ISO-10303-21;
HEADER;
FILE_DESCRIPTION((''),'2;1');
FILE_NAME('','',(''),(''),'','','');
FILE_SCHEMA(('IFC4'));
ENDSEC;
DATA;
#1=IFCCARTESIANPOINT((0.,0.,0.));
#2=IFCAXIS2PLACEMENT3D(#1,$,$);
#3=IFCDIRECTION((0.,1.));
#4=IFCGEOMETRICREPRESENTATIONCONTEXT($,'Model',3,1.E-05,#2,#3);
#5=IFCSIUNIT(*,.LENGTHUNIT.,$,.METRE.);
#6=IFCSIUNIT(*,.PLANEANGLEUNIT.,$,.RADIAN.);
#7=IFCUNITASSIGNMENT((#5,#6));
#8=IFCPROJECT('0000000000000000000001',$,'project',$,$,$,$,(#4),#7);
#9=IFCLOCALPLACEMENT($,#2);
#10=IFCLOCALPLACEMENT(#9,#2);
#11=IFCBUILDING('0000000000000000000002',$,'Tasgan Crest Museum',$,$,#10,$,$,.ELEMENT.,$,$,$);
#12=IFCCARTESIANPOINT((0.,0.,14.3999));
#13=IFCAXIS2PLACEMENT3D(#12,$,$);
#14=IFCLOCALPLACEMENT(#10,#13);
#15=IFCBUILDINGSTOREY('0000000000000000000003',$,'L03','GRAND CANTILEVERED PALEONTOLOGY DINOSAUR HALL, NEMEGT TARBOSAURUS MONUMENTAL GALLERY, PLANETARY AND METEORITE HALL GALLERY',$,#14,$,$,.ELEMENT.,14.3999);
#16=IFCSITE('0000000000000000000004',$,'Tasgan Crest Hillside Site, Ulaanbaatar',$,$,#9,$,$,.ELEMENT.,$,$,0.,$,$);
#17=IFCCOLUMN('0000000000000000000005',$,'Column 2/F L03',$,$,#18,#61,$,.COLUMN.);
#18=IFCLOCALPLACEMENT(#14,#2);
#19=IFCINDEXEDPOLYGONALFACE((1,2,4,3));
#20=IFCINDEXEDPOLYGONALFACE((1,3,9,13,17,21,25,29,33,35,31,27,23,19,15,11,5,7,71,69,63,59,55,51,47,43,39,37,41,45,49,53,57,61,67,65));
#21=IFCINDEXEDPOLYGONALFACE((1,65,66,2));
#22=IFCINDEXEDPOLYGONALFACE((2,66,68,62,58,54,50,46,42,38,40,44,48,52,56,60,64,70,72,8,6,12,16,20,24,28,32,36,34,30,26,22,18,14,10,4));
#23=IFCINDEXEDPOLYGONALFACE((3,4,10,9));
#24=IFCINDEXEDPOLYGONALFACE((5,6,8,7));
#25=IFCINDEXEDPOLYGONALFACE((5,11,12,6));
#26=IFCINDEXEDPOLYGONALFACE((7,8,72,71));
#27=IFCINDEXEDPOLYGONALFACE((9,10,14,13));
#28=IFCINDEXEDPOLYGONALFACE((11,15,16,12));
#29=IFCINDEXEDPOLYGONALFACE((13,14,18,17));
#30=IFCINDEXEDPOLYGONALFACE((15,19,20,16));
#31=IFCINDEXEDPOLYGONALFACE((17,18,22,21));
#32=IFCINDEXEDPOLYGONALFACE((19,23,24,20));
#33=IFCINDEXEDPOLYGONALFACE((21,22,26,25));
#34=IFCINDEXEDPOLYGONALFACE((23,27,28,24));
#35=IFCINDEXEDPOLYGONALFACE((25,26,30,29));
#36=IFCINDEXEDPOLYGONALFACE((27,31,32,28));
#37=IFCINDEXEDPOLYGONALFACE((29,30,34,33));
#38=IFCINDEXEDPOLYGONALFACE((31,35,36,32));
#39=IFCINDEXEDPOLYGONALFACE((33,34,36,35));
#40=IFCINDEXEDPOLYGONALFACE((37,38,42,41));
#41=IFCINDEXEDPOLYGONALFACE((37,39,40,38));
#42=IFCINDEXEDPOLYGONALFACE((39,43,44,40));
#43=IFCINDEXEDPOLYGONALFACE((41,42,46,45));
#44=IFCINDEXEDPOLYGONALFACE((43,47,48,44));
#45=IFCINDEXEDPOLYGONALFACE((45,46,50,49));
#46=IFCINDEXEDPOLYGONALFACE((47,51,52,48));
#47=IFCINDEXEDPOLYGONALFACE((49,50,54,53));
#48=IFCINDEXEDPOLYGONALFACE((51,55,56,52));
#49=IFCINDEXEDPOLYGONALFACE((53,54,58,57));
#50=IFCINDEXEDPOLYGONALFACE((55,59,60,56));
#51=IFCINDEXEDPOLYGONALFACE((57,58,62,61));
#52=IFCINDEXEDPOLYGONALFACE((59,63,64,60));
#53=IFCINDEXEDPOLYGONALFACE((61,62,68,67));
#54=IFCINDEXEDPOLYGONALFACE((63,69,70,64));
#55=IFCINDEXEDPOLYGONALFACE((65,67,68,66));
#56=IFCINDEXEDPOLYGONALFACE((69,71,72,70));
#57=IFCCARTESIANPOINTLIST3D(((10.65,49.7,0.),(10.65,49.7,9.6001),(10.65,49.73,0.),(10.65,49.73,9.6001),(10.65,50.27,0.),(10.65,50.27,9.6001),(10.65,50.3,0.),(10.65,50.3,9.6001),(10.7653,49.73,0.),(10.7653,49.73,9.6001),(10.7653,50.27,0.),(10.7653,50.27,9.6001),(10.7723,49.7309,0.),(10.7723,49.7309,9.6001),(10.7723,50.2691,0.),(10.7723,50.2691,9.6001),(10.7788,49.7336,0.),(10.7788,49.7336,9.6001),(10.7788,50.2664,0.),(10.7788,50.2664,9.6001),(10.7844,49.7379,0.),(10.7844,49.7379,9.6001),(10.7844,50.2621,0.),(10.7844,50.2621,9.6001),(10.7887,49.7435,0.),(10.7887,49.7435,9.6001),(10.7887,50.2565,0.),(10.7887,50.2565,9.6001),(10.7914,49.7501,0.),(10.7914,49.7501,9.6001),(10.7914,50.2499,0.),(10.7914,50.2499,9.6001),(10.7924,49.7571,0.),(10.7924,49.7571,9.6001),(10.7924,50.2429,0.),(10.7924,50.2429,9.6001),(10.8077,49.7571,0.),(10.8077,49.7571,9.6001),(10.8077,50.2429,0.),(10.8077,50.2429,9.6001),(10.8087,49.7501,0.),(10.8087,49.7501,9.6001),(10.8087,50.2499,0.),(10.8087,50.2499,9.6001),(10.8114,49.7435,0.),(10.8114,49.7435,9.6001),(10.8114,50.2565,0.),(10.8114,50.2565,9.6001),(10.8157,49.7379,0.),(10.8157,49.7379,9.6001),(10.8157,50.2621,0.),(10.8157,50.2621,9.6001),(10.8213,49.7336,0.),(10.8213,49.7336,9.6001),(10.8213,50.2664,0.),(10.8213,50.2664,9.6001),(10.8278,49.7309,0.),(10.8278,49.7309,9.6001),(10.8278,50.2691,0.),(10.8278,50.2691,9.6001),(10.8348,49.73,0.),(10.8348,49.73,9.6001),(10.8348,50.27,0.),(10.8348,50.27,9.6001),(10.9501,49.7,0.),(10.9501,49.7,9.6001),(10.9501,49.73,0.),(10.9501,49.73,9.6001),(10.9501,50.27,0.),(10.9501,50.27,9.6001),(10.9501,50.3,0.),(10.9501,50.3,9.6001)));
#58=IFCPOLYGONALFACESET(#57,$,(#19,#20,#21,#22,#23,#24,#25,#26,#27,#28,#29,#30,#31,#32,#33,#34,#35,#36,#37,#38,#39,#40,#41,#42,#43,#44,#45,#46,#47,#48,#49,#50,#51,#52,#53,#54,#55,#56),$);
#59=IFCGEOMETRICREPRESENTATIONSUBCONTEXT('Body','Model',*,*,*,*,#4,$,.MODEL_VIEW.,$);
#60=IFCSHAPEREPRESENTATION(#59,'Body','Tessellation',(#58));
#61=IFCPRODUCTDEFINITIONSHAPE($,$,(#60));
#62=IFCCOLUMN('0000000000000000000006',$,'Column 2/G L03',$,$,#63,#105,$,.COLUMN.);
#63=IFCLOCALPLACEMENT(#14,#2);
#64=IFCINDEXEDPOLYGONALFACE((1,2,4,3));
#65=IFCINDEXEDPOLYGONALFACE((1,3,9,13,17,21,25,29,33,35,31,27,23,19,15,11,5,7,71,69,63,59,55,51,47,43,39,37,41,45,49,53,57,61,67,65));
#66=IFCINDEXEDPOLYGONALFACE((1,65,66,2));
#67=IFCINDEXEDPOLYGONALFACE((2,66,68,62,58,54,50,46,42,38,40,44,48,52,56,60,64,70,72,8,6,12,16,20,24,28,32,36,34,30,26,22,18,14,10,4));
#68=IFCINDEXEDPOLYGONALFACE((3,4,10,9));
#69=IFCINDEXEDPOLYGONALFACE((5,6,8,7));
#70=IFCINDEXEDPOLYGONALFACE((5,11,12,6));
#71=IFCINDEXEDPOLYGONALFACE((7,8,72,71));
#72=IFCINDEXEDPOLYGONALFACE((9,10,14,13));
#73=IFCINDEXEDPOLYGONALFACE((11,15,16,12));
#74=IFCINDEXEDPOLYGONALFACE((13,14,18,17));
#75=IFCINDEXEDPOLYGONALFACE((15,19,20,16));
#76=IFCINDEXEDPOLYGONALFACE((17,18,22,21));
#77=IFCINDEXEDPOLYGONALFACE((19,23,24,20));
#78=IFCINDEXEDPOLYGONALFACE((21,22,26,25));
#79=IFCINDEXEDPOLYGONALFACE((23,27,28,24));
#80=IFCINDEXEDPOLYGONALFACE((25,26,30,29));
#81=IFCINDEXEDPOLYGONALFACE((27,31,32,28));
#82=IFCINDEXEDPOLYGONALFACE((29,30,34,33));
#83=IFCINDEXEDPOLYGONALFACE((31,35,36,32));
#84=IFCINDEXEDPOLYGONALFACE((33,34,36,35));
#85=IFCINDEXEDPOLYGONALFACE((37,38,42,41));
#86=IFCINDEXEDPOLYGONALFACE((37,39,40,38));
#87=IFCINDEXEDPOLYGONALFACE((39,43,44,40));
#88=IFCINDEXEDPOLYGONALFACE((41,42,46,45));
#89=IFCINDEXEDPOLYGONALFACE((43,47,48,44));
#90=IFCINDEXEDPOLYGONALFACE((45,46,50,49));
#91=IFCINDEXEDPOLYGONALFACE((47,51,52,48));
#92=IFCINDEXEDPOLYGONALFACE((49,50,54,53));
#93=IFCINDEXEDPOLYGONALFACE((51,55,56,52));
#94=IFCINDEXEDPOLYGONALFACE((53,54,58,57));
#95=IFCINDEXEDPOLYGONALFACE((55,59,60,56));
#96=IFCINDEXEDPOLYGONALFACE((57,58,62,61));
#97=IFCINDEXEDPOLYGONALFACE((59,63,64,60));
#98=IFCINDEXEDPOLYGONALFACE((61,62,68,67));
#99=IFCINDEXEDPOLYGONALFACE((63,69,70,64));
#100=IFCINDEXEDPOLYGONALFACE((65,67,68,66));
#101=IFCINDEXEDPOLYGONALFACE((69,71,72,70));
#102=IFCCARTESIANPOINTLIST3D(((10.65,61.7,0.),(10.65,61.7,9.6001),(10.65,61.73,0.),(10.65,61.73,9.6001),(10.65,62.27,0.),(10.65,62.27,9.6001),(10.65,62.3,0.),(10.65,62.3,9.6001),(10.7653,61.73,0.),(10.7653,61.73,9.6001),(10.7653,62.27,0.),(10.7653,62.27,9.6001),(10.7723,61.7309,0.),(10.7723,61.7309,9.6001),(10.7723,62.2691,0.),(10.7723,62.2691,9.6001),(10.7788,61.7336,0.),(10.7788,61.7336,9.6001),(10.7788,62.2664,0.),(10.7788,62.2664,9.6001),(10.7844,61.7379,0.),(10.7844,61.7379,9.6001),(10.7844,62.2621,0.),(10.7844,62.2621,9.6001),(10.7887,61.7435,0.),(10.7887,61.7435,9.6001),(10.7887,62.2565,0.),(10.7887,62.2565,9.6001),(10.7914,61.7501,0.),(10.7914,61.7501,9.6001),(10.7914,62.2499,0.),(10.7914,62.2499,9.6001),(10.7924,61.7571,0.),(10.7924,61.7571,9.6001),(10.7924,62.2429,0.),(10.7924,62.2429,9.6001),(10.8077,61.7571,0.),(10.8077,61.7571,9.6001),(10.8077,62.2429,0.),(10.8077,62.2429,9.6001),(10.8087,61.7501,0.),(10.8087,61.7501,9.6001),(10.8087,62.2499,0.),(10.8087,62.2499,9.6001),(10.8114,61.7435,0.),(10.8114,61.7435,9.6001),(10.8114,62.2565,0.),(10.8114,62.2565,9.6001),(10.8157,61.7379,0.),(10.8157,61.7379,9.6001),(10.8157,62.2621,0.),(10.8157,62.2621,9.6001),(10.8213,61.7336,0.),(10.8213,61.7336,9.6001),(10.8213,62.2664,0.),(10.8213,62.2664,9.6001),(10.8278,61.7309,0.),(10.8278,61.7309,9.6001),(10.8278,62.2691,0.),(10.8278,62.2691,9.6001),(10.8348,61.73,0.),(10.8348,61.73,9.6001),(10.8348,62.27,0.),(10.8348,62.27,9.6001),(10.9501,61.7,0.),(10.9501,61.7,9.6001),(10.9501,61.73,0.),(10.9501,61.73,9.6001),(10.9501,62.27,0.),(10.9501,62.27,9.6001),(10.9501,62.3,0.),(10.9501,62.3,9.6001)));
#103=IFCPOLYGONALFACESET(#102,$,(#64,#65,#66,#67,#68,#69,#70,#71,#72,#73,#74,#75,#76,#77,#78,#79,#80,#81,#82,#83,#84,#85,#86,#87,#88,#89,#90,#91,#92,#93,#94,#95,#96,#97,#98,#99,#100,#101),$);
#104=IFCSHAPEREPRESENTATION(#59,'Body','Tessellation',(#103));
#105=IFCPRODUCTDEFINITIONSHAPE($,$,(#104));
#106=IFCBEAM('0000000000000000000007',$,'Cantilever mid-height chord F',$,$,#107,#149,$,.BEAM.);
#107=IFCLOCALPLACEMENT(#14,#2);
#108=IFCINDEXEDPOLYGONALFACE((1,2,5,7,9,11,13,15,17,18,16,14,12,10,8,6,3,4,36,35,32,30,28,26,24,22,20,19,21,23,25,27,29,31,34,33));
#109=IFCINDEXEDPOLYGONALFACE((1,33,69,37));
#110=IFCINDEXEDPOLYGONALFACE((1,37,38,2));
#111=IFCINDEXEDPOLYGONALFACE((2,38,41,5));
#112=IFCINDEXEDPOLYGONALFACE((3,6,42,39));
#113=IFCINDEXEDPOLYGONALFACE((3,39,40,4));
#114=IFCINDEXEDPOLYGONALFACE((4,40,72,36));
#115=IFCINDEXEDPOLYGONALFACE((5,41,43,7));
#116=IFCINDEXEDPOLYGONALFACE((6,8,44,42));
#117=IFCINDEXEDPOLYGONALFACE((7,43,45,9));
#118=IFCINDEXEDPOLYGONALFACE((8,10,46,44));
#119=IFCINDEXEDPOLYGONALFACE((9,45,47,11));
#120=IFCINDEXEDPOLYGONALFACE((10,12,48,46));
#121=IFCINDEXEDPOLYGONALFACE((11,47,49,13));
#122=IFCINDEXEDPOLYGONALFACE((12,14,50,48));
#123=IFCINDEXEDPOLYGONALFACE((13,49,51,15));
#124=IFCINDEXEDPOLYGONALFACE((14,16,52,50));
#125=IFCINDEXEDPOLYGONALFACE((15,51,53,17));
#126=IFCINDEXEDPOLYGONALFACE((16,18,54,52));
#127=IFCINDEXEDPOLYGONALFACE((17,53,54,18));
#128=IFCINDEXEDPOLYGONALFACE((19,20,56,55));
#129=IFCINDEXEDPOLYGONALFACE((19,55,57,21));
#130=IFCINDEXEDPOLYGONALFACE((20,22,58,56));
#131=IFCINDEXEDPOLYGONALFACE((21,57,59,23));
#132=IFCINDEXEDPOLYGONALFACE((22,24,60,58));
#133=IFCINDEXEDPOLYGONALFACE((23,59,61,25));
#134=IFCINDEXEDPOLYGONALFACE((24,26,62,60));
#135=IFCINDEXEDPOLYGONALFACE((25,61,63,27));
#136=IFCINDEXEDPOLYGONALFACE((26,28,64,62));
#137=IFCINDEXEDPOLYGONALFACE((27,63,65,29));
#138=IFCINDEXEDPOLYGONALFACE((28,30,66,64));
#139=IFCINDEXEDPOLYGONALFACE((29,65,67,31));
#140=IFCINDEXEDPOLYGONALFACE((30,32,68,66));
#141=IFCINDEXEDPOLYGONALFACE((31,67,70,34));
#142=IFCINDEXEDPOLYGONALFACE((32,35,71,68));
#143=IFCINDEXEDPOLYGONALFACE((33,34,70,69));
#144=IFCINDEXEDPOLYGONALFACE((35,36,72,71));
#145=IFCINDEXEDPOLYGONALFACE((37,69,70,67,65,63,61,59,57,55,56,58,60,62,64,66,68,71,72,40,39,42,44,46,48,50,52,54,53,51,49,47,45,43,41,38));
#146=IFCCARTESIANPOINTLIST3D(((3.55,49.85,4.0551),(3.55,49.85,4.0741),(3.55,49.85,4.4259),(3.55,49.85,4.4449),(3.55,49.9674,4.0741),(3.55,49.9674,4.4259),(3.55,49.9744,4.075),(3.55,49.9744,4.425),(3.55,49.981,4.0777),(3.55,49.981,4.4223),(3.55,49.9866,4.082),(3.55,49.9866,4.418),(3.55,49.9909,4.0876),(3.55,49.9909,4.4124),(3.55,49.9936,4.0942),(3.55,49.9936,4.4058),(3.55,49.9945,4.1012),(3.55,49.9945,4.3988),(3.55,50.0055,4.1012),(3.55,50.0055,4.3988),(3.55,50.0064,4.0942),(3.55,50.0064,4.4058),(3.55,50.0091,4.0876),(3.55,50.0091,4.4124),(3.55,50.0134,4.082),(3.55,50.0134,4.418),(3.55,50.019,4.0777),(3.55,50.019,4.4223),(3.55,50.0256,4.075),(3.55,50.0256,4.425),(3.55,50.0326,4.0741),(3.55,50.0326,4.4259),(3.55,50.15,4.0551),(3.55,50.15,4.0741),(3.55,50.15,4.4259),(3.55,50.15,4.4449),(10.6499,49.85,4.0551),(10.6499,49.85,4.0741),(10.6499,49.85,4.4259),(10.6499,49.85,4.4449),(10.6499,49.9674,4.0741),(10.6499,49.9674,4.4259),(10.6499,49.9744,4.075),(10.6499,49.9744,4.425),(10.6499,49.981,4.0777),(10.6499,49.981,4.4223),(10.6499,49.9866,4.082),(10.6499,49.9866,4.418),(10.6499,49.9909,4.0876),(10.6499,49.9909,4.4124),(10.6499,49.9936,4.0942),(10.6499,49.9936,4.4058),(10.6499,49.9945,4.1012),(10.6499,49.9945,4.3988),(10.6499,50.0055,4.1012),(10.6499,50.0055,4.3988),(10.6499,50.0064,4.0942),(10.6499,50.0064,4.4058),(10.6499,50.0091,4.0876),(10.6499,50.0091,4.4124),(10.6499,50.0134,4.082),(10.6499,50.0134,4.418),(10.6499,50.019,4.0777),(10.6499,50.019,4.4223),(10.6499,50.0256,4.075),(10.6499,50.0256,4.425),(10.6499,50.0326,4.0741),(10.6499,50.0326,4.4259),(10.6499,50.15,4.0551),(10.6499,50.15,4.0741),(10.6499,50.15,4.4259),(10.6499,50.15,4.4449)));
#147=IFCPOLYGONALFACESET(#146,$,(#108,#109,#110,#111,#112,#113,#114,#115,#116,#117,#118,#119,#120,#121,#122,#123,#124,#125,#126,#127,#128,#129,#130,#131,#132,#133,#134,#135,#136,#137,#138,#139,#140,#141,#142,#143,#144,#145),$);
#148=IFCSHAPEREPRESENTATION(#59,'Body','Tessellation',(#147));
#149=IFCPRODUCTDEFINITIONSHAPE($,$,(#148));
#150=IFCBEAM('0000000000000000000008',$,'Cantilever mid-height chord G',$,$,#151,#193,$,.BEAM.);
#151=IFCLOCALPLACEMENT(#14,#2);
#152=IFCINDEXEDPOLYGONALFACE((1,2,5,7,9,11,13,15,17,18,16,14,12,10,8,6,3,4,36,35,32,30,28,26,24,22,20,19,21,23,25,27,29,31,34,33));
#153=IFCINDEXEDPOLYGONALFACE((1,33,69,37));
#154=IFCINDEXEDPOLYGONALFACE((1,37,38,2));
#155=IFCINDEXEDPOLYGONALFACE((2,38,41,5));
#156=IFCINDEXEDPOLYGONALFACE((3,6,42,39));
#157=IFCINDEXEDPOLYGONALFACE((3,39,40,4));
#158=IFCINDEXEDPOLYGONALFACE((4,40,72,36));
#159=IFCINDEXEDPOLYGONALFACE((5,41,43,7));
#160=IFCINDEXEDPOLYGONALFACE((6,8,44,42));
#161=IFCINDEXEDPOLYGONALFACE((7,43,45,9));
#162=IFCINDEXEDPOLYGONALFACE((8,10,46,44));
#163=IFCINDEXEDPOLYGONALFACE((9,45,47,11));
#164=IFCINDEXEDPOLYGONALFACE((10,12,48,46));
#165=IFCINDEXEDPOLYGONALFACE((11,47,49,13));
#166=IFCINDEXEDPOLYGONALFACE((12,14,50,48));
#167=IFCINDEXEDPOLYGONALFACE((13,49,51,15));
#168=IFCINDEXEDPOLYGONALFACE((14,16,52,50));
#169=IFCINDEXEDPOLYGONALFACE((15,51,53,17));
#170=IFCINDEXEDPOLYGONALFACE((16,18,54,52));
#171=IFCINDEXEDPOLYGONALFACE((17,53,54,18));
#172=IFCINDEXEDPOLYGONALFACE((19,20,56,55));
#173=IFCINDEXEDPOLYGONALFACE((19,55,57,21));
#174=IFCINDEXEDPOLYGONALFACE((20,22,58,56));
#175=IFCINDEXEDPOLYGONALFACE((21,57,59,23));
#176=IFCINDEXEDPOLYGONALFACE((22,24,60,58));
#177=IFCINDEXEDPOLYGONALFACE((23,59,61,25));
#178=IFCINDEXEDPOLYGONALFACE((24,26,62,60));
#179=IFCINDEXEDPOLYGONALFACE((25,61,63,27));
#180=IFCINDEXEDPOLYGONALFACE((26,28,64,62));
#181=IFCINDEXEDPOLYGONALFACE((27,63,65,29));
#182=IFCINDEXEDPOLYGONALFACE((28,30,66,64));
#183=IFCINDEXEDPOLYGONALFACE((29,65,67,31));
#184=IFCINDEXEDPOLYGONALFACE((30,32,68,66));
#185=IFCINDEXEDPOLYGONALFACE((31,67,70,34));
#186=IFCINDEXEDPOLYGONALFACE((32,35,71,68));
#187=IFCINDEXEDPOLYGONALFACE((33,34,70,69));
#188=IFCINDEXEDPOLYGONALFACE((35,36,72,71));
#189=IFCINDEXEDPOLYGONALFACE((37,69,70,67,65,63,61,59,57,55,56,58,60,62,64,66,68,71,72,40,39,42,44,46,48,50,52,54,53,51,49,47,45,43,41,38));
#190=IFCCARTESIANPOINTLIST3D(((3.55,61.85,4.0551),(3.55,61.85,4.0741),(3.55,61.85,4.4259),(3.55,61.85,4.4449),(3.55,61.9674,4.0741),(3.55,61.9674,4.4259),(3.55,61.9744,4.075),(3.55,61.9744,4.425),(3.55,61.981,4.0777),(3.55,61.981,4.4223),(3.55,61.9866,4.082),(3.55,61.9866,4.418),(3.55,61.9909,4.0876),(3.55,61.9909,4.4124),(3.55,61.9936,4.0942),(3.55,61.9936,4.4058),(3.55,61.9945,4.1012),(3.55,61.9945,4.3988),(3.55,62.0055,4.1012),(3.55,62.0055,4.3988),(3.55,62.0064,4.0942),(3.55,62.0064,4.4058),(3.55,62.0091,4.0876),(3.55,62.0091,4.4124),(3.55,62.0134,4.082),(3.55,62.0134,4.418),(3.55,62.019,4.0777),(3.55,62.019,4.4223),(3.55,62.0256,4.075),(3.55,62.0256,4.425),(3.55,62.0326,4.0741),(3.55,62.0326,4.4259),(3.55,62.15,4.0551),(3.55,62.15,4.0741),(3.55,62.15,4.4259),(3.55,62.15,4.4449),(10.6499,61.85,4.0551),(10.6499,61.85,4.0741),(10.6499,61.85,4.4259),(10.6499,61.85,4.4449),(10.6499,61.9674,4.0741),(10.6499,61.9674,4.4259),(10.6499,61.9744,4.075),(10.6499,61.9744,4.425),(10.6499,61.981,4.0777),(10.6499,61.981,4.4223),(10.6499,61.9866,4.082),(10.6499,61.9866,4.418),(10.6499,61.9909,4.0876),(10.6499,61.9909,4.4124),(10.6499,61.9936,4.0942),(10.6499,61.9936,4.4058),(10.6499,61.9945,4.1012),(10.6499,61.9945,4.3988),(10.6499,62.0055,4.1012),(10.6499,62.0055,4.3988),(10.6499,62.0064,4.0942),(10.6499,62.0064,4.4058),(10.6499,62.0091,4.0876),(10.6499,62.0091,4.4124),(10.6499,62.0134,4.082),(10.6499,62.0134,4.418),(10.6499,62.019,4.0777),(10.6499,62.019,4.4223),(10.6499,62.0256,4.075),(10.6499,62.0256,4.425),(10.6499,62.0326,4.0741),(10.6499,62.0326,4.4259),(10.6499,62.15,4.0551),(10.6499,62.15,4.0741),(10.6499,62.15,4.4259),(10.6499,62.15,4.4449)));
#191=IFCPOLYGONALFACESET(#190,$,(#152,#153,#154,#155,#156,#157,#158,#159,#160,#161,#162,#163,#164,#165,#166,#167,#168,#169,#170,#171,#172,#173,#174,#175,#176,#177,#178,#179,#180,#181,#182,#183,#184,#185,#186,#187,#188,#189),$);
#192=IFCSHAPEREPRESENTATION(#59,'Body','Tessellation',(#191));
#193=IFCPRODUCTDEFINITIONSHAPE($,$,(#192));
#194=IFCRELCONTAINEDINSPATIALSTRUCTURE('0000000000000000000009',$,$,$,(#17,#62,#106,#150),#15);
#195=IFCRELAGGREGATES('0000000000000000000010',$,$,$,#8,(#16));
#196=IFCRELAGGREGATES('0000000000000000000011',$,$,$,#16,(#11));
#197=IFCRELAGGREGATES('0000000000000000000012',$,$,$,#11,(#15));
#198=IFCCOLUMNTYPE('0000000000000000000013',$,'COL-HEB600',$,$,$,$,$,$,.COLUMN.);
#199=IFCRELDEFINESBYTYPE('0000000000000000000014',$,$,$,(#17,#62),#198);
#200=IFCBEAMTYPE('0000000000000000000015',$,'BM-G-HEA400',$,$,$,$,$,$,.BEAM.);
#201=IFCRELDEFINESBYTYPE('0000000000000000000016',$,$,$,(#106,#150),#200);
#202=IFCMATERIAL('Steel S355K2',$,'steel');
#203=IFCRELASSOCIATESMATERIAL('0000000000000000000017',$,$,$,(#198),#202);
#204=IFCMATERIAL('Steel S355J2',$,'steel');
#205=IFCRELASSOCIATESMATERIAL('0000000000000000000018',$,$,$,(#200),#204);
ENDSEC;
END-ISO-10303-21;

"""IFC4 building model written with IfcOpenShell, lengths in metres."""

from ifc_helpers import new_model, si_unit, direction, frame, origin, origin_2d, place, context, subcontext, project, spatial, i_section, extrude, material, material_profile, profile_set, type_object, element, save


model = new_model("IFC4")

# Units and contexts
model_context = context("Model", 3, precision=1e-05, world=origin(), true_north=direction((0.0, 1.0)))
body_context = subcontext(model_context, "Body", "Model", "MODEL_VIEW")
ifc_project = project(units=[si_unit("LENGTHUNIT", "METRE"), si_unit("PLANEANGLEUNIT", "RADIAN")], contexts=[model_context])

# Site, building, storey
site_placement = place(None, origin())
site = spatial("IfcSite", under=ifc_project, at=site_placement, Name="Tasgan Crest Hillside Site, Ulaanbaatar", CompositionType="ELEMENT", RefElevation=0.0)
building_placement = place(site_placement, origin())
building = spatial("IfcBuilding", under=site, at=building_placement, Name="Tasgan Crest Museum", CompositionType="ELEMENT")
storey_placement = place(building_placement, frame((0.0, 0.0, 14.3999)))
storey = spatial("IfcBuildingStorey", under=building, at=storey_placement, Name="L03", Description="GRAND CANTILEVERED PALEONTOLOGY DINOSAUR HALL, NEMEGT TARBOSAURUS MONUMENTAL GALLERY, PLANETARY AND METEORITE HALL GALLERY", CompositionType="ELEMENT", Elevation=14.3999)

# Columns
ifc_material_1 = material(Name="Steel S355K2", Category="steel")
ifc_material_profile_1 = material_profile(ifc_material_1, i_section(OverallWidth=0.3, OverallDepth=0.6001, WebThickness=0.0154, FlangeThickness=0.03, FilletRadius=0.0271, at=origin_2d()), Name="HEB 600")
ifc_profile_set_1 = profile_set([ifc_material_profile_1], Name="Steel S355K2")
column_type = type_object("IfcColumnType", Name="COL-HEB600", PredefinedType="COLUMN", material=ifc_profile_set_1)
for number, where, z_axis, x_axis, name in (
    (1, (10.8, 50.0, 0.0), (0.0, 0.0, 1.0), (1.0, 0.0, 0.0), "Column 2/F L03"),
    (2, (10.8, 62.0, 0.0), (0.0, 0.0, 1.0), (1.0, 0.0, 0.0), "Column 2/G L03"),
):
    element("IfcColumn", number, at=place(storey_placement, frame(where, z_axis=z_axis, x_axis=x_axis)), inside=storey, type_object=column_type, Name=name, PredefinedType="COLUMN", context=body_context, shape_type="SweptSolid", body=[
        extrude(i_section(OverallWidth=0.3, OverallDepth=0.6001, WebThickness=0.0154, FlangeThickness=0.03, FilletRadius=0.0271, at=origin_2d()), origin(), (0.0, 0.0, 1.0), 9.6001),
    ])

# Beams
ifc_material_2 = material(Name="Steel S355J2", Category="steel")
ifc_material_profile_2 = material_profile(ifc_material_2, i_section(OverallWidth=0.3, OverallDepth=0.3899, WebThickness=0.011, FlangeThickness=0.019, FilletRadius=0.0271, at=origin_2d()), Name="HEA 400")
ifc_profile_set_2 = profile_set([ifc_material_profile_2], Name="Steel S355J2")
beam_type_1 = type_object("IfcBeamType", Name="BM-G-HEA400", PredefinedType="BEAM", material=ifc_profile_set_2)
for number, where, z_axis, x_axis, name in (
    (3, (3.55, 50.0, 4.25), (1.0, 0.0, 0.0), (0.0, 1.0, 0.0), "Cantilever mid-height chord F"),
    (4, (3.55, 62.0, 4.25), (1.0, 0.0, 0.0), (0.0, 1.0, 0.0), "Cantilever mid-height chord G"),
):
    element("IfcBeam", number, at=place(storey_placement, frame(where, z_axis=z_axis, x_axis=x_axis)), inside=storey, type_object=beam_type_1, Name=name, PredefinedType="BEAM", context=body_context, shape_type="SweptSolid", body=[
        extrude(i_section(OverallWidth=0.3, OverallDepth=0.3899, WebThickness=0.011, FlangeThickness=0.019, FilletRadius=0.0271, at=origin_2d()), origin(), (0.0, 0.0, 1.0), 7.0999),
    ])

save(model, "model.ifc")
